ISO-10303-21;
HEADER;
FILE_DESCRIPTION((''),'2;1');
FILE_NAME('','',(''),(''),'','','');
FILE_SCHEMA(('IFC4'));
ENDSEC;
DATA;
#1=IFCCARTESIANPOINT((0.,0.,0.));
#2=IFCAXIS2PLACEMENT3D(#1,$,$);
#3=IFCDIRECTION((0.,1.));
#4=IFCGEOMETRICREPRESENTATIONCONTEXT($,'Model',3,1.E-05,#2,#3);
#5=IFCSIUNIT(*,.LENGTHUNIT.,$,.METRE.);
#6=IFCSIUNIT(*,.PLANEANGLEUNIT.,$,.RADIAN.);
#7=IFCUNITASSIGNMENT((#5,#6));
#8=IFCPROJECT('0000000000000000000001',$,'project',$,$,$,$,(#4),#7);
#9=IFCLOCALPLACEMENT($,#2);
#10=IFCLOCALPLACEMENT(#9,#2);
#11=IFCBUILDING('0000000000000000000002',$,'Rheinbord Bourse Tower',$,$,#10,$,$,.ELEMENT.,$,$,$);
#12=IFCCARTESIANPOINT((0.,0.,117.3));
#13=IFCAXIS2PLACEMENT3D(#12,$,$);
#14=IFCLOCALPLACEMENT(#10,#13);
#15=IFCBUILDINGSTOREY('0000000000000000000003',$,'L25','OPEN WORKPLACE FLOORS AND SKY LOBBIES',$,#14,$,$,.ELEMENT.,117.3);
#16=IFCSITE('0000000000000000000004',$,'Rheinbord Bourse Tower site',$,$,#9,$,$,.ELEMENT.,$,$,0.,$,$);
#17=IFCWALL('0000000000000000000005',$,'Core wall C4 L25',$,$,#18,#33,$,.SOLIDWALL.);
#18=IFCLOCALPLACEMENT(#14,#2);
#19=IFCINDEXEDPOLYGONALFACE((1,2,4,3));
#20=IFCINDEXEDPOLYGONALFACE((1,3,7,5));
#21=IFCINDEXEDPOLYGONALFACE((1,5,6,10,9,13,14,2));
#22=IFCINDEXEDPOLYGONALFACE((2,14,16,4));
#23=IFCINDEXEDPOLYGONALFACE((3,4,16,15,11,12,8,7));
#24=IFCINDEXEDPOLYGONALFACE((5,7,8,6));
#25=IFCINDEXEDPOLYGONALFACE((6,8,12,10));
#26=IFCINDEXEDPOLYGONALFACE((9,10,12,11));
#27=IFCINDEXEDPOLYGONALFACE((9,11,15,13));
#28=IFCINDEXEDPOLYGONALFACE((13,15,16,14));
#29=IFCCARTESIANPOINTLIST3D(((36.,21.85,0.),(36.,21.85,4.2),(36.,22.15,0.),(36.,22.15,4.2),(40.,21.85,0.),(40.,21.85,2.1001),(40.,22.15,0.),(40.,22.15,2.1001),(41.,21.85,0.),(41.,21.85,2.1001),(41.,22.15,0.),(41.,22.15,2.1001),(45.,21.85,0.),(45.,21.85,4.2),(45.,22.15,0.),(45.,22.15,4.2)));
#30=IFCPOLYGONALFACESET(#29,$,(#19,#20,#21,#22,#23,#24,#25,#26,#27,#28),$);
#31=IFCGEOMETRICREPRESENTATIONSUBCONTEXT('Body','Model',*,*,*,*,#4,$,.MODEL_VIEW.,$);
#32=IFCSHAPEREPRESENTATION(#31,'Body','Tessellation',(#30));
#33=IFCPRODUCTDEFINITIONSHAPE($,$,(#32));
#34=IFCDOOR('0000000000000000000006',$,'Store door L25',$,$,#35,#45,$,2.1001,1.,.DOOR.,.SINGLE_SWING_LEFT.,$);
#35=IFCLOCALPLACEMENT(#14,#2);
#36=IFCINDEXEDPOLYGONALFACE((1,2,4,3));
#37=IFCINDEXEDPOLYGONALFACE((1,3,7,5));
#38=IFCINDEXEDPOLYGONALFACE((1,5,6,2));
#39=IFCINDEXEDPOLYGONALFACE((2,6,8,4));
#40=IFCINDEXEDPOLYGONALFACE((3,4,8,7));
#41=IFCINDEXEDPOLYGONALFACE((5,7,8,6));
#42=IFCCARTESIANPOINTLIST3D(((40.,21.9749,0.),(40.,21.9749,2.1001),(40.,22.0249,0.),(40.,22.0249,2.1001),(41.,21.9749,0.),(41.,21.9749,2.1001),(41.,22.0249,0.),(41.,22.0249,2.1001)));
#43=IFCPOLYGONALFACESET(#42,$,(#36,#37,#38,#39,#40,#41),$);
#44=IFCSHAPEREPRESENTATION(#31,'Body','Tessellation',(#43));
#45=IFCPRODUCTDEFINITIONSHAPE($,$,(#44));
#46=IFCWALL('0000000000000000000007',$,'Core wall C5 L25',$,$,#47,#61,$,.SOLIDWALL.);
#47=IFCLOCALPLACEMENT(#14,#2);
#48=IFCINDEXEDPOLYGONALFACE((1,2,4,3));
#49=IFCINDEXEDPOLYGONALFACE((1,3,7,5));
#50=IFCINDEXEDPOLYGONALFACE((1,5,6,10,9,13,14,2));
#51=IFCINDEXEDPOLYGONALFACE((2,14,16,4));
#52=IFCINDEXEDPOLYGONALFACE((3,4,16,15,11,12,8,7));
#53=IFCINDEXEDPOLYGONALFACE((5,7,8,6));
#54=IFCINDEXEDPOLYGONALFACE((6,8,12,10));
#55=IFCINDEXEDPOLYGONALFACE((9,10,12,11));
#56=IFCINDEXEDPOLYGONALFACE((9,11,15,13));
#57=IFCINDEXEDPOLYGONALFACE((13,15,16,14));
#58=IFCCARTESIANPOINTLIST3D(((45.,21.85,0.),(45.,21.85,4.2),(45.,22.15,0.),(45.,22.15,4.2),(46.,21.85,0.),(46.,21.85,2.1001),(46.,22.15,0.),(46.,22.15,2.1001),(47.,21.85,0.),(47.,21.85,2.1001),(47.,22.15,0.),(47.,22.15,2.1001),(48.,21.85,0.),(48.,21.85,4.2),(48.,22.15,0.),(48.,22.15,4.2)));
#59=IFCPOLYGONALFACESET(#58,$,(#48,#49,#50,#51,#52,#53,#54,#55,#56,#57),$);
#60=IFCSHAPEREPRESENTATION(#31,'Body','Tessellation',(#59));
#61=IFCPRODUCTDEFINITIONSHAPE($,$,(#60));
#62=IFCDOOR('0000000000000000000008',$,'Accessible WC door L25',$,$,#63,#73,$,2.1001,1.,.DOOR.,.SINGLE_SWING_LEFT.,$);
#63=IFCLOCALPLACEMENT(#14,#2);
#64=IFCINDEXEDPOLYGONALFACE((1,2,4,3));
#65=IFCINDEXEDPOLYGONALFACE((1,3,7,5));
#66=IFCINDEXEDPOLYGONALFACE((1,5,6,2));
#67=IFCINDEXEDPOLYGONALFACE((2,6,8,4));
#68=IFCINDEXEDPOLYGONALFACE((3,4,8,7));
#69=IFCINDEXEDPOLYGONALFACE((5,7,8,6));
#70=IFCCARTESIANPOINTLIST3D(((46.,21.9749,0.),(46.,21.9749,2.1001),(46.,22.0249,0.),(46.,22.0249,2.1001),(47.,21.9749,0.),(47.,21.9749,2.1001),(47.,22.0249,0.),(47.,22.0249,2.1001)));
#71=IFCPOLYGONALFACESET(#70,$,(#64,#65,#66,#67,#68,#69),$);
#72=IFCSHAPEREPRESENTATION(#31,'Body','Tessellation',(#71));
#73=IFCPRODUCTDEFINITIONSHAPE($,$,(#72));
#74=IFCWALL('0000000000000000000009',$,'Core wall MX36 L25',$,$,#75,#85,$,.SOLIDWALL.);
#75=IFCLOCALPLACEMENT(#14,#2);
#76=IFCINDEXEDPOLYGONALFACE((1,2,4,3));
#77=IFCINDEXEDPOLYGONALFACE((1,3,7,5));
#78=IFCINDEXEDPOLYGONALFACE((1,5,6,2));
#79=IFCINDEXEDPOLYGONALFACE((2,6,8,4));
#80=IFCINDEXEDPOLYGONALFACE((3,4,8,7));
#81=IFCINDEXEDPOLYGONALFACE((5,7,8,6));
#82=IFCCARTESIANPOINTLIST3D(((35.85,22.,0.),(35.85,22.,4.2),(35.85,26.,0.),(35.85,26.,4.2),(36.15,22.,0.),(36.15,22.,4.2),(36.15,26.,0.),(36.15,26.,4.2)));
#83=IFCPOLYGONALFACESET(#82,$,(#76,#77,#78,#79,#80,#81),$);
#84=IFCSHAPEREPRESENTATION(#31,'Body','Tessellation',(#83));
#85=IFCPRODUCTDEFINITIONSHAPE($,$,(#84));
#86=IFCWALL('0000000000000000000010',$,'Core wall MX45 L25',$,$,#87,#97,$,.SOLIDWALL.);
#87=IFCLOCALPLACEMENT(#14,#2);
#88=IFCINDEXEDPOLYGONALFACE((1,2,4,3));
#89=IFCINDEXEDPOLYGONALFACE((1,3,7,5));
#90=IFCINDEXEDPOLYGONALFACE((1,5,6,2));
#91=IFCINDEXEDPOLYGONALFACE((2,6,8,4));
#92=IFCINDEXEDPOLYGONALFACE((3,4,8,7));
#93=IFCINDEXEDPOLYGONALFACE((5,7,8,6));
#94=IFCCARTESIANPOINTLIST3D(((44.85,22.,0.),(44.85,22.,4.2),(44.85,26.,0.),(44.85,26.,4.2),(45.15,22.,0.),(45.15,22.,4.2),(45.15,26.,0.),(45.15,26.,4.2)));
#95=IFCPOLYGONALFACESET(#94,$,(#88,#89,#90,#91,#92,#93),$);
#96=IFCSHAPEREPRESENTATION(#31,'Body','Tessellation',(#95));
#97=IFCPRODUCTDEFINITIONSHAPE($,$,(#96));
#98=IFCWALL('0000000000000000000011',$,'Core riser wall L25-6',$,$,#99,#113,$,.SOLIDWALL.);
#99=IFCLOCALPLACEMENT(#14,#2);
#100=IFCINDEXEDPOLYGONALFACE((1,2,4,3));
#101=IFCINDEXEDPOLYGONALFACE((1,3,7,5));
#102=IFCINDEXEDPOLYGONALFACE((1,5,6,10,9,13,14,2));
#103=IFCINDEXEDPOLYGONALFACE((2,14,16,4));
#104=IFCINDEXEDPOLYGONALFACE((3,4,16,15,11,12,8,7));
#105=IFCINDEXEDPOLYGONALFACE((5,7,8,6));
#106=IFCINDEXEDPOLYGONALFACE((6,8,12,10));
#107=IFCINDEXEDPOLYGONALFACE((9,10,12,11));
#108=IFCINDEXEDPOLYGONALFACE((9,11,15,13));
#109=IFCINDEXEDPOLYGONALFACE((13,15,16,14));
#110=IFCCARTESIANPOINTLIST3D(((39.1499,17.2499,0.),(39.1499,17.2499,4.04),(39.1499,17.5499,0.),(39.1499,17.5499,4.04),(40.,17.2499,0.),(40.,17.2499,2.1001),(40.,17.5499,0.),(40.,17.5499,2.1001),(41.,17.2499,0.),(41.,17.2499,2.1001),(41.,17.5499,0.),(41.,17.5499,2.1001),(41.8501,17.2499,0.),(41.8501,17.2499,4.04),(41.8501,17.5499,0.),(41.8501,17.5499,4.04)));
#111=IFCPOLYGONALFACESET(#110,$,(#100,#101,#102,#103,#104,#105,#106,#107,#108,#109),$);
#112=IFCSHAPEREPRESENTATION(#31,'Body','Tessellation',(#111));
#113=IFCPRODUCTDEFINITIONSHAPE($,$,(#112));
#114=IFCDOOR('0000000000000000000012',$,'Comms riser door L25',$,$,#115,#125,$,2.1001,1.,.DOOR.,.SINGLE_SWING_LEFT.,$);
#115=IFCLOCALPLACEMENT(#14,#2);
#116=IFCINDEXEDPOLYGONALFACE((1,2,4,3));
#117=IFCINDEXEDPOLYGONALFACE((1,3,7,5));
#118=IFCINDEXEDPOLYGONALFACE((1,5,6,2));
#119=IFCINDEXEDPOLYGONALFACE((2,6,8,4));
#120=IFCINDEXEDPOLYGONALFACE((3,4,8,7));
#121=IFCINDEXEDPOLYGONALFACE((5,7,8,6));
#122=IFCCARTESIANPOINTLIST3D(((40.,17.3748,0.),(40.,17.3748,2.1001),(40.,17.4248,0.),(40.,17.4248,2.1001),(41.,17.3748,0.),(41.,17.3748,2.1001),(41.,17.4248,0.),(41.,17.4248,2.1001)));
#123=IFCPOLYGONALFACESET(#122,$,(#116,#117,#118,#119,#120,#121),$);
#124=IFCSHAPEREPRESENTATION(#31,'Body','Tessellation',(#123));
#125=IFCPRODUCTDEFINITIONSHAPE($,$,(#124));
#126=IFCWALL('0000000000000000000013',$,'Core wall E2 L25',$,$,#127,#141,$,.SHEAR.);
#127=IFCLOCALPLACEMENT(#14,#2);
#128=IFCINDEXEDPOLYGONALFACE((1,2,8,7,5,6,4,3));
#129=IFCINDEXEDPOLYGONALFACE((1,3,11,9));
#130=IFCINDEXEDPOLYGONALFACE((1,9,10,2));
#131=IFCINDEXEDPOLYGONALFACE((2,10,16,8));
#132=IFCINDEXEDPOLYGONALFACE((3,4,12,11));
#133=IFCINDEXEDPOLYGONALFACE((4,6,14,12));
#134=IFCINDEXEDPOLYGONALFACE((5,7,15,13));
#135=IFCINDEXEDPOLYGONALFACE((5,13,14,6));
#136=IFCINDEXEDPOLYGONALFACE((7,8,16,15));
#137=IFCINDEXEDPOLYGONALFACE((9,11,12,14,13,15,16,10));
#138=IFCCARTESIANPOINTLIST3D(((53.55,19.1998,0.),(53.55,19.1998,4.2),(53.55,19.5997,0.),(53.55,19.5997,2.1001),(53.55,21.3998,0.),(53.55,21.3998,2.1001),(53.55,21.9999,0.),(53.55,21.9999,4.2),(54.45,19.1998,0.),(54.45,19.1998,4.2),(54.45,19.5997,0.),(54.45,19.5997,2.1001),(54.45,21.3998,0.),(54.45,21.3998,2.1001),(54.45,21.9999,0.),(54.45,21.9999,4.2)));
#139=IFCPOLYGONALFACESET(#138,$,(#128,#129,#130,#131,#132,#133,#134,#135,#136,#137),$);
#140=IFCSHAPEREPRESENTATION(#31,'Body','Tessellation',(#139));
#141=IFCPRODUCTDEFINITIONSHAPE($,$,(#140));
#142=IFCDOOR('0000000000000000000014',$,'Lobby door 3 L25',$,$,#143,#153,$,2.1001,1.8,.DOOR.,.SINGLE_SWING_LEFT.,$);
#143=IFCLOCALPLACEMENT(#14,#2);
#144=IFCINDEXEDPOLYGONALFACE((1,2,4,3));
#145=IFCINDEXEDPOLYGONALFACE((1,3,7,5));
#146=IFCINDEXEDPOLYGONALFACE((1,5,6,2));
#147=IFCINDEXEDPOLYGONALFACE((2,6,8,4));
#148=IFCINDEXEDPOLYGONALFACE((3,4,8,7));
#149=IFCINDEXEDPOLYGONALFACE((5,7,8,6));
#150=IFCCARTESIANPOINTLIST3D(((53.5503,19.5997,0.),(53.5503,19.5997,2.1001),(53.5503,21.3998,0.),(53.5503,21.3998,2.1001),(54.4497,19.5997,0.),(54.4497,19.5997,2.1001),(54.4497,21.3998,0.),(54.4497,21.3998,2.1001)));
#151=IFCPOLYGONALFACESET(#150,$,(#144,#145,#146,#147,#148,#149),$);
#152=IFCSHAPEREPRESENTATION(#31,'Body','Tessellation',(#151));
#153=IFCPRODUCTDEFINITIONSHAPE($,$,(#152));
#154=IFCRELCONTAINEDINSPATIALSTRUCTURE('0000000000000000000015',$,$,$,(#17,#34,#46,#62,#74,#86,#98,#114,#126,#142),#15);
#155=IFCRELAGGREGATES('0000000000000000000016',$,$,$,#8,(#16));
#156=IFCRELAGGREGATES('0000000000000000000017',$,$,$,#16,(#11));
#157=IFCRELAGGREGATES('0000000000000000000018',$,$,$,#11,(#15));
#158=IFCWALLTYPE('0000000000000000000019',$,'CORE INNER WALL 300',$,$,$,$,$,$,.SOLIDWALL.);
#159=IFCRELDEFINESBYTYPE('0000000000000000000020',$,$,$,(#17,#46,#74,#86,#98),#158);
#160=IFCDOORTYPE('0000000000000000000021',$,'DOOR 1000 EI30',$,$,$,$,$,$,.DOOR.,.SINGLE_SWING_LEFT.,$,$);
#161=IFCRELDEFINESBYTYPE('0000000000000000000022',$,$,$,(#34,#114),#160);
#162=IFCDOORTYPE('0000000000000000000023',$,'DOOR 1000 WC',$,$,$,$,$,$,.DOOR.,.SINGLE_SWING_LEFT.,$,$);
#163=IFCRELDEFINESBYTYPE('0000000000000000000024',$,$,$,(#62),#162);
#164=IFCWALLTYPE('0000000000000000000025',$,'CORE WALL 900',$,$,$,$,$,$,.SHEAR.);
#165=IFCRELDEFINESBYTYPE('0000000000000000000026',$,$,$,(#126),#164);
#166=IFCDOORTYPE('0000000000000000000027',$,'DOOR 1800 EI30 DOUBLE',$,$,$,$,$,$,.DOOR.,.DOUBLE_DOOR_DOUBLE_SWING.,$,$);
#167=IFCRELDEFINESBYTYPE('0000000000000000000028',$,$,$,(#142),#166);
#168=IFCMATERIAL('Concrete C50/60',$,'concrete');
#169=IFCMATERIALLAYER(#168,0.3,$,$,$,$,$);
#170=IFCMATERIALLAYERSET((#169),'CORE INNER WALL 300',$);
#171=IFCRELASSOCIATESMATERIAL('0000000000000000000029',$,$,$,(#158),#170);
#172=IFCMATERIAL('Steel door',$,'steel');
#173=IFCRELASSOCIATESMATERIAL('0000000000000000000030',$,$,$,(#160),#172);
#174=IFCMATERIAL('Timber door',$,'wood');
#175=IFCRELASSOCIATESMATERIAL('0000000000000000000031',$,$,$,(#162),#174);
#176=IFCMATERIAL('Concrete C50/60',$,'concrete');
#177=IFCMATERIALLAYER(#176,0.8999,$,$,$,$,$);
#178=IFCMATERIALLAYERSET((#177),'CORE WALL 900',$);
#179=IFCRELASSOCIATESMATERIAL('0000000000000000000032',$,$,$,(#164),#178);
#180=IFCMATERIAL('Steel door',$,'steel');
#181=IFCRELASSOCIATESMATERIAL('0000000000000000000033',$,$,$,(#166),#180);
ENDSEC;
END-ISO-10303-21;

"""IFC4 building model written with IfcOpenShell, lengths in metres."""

from ifc_helpers import new_model, si_unit, direction, frame, frame_2d, origin, place, context, subcontext, project, spatial, rectangle, extrude, material, layer, layer_set, type_object, element, fill, save


model = new_model("IFC4")

# Units and contexts
model_context = context("Model", 3, precision=1e-05, world=origin(), true_north=direction((0.0, 1.0)))
body_context = subcontext(model_context, "Body", "Model", "MODEL_VIEW")
ifc_project = project(units=[si_unit("LENGTHUNIT", "METRE"), si_unit("PLANEANGLEUNIT", "RADIAN")], contexts=[model_context])

# Site, building, storey
site_placement = place(None, origin())
site = spatial("IfcSite", under=ifc_project, at=site_placement, Name="Rheinbord Bourse Tower site", CompositionType="ELEMENT", RefElevation=0.0)
building_placement = place(site_placement, origin())
building = spatial("IfcBuilding", under=site, at=building_placement, Name="Rheinbord Bourse Tower", CompositionType="ELEMENT")
storey_placement = place(building_placement, frame((0.0, 0.0, 117.3)))
storey = spatial("IfcBuildingStorey", under=building, at=storey_placement, Name="L25", Description="OPEN WORKPLACE FLOORS AND SKY LOBBIES", CompositionType="ELEMENT", Elevation=117.3)

# Shared definitions
ifc_material_1 = material(Name="Concrete C50/60", Category="concrete")
ifc_layer_1 = layer(ifc_material_1, 0.3)
ifc_layer_set_1 = layer_set([ifc_layer_1], Name="CORE INNER WALL 300")
wall_type_1 = type_object("IfcWallType", Name="CORE INNER WALL 300", PredefinedType="SOLIDWALL", material=ifc_layer_set_1)
ifc_material_2 = material(Name="Steel door", Category="steel")
door_type_1 = type_object("IfcDoorType", Name="DOOR 1000 EI30", OperationType="SINGLE_SWING_LEFT", PredefinedType="DOOR", material=ifc_material_2)

# Walls, openings, doors
wall_1_placement = place(storey_placement, frame((36.0, 22.0, 0.0), z_axis=(0.0, 0.0, 1.0), x_axis=(1.0, 0.0, 0.0)))
wall_1 = element("IfcWall", 1, at=wall_1_placement, inside=storey, type_object=wall_type_1, Name="Core wall C4 L25", PredefinedType="SOLIDWALL", context=body_context, shape_type="SweptSolid", body=[
    extrude(rectangle(XDim=9.0, YDim=0.3, at=frame_2d((4.5, 0.0))), origin(), (0.0, 0.0, 1.0), 4.2),
])
opening_1_placement = place(wall_1_placement, frame((4.0, 0.0, 0.0)))
opening_1 = element("IfcOpeningElement", 2, at=opening_1_placement, cuts=wall_1, PredefinedType="OPENING", context=body_context, shape_type="SweptSolid", body=[
    extrude(rectangle(XDim=1.0, YDim=2.1001, at=frame_2d((0.5, 1.05))), frame((0.0, 0.1599, 0.0), z_axis=(0.0, -1.0, 0.0), x_axis=(1.0, 0.0, 0.0)), (0.0, 0.0, 1.0), 0.3201),
])
door_1_placement = place(opening_1_placement, origin())
door_1 = element("IfcDoor", 3, at=door_1_placement, inside=storey, type_object=door_type_1, Name="Store door L25", OperationType="SINGLE_SWING_LEFT", OverallHeight=2.1001, OverallWidth=1.0, PredefinedType="DOOR", context=body_context, shape_type="SweptSolid", body=[
    extrude(rectangle(XDim=1.0, YDim=2.1001, at=frame_2d((0.5, 1.05))), frame((0.0, 0.0249, 0.0), z_axis=(0.0, -1.0, 0.0), x_axis=(1.0, 0.0, 0.0)), (0.0, 0.0, 1.0), 0.05),
])
fill(opening_1, door_1)
wall_2_placement = place(storey_placement, frame((45.0, 22.0, 0.0), z_axis=(0.0, 0.0, 1.0), x_axis=(1.0, 0.0, 0.0)))
wall_2 = element("IfcWall", 4, at=wall_2_placement, inside=storey, type_object=wall_type_1, Name="Core wall C5 L25", PredefinedType="SOLIDWALL", context=body_context, shape_type="SweptSolid", body=[
    extrude(rectangle(XDim=3.0, YDim=0.3, at=frame_2d((1.5, 0.0))), origin(), (0.0, 0.0, 1.0), 4.2),
])
opening_2_placement = place(wall_2_placement, frame((1.0, 0.0, 0.0)))
opening_2 = element("IfcOpeningElement", 5, at=opening_2_placement, cuts=wall_2, PredefinedType="OPENING", context=body_context, shape_type="SweptSolid", body=[
    extrude(rectangle(XDim=1.0, YDim=2.1001, at=frame_2d((0.5, 1.05))), frame((0.0, 0.1599, 0.0), z_axis=(0.0, -1.0, 0.0), x_axis=(1.0, 0.0, 0.0)), (0.0, 0.0, 1.0), 0.3201),
])
ifc_material_3 = material(Name="Timber door", Category="wood")
door_type_2 = type_object("IfcDoorType", Name="DOOR 1000 WC", OperationType="SINGLE_SWING_LEFT", PredefinedType="DOOR", material=ifc_material_3)
door_2_placement = place(opening_2_placement, origin())
door_2 = element("IfcDoor", 6, at=door_2_placement, inside=storey, type_object=door_type_2, Name="Accessible WC door L25", OperationType="SINGLE_SWING_LEFT", OverallHeight=2.1001, OverallWidth=1.0, PredefinedType="DOOR", context=body_context, shape_type="SweptSolid", body=[
    extrude(rectangle(XDim=1.0, YDim=2.1001, at=frame_2d((0.5, 1.05))), frame((0.0, 0.0249, 0.0), z_axis=(0.0, -1.0, 0.0), x_axis=(1.0, 0.0, 0.0)), (0.0, 0.0, 1.0), 0.05),
])
fill(opening_2, door_2)

# Walls
for number, where, z_axis, x_axis, name in (
    (7, (36.0, 22.0, 0.0), (0.0, 0.0, 1.0), (0.0, 1.0, 0.0), "Core wall MX36 L25"),
    (8, (45.0, 22.0, 0.0), (0.0, 0.0, 1.0), (0.0, 1.0, 0.0), "Core wall MX45 L25"),
):
    element("IfcWall", number, at=place(storey_placement, frame(where, z_axis=z_axis, x_axis=x_axis)), inside=storey, type_object=wall_type_1, Name=name, PredefinedType="SOLIDWALL", context=body_context, shape_type="SweptSolid", body=[
        extrude(rectangle(XDim=4.0, YDim=0.3, at=frame_2d((2.0, 0.0))), origin(), (0.0, 0.0, 1.0), 4.2),
    ])

# Walls, openings, doors
wall_3_placement = place(storey_placement, frame((39.1499, 17.3999, 0.0), z_axis=(0.0, 0.0, 1.0), x_axis=(1.0, 0.0, 0.0)))
wall_3 = element("IfcWall", 9, at=wall_3_placement, inside=storey, type_object=wall_type_1, Name="Core riser wall L25-6", PredefinedType="SOLIDWALL", context=body_context, shape_type="SweptSolid", body=[
    extrude(rectangle(XDim=2.7002, YDim=0.3, at=frame_2d((1.3501, 0.0))), origin(), (0.0, 0.0, 1.0), 4.04),
])
opening_3_placement = place(wall_3_placement, frame((0.8501, 0.0, 0.0)))
opening_3 = element("IfcOpeningElement", 10, at=opening_3_placement, cuts=wall_3, PredefinedType="OPENING", context=body_context, shape_type="SweptSolid", body=[
    extrude(rectangle(XDim=1.0, YDim=2.1001, at=frame_2d((0.5, 1.05))), frame((0.0, 0.1599, 0.0), z_axis=(0.0, -1.0, 0.0), x_axis=(1.0, 0.0, 0.0)), (0.0, 0.0, 1.0), 0.3201),
])
door_3_placement = place(opening_3_placement, origin())
door_3 = element("IfcDoor", 11, at=door_3_placement, inside=storey, type_object=door_type_1, Name="Comms riser door L25", OperationType="SINGLE_SWING_LEFT", OverallHeight=2.1001, OverallWidth=1.0, PredefinedType="DOOR", context=body_context, shape_type="SweptSolid", body=[
    extrude(rectangle(XDim=1.0, YDim=2.1001, at=frame_2d((0.5, 1.05))), frame((0.0, 0.0249, 0.0), z_axis=(0.0, -1.0, 0.0), x_axis=(1.0, 0.0, 0.0)), (0.0, 0.0, 1.0), 0.05),
])
fill(opening_3, door_3)
ifc_material_4 = material(Name="Concrete C50/60", Category="concrete")
ifc_layer_2 = layer(ifc_material_4, 0.8999)
ifc_layer_set_2 = layer_set([ifc_layer_2], Name="CORE WALL 900")
wall_type_2 = type_object("IfcWallType", Name="CORE WALL 900", PredefinedType="SHEAR", material=ifc_layer_set_2)
wall_4_placement = place(storey_placement, frame((54.0, 19.2, 0.0), z_axis=(0.0, 0.0, 1.0), x_axis=(0.0, 1.0, 0.0)))
wall_4 = element("IfcWall", 12, at=wall_4_placement, inside=storey, type_object=wall_type_2, Name="Core wall E2 L25", PredefinedType="SHEAR", context=body_context, shape_type="SweptSolid", body=[
    extrude(rectangle(XDim=2.8, YDim=0.8999, at=frame_2d((1.3999, 0.0))), origin(), (0.0, 0.0, 1.0), 4.2),
])
opening_4_placement = place(wall_4_placement, frame((0.3999, 0.0, 0.0)))
opening_4 = element("IfcOpeningElement", 13, at=opening_4_placement, cuts=wall_4, PredefinedType="OPENING", context=body_context, shape_type="SweptSolid", body=[
    extrude(rectangle(XDim=1.8, YDim=2.1001, at=frame_2d((0.8999, 1.05))), frame((0.0, 0.46, 0.0), z_axis=(0.0, -1.0, 0.0), x_axis=(1.0, 0.0, 0.0)), (0.0, 0.0, 1.0), 0.9199),
])
ifc_material_5 = material(Name="Steel door", Category="steel")
door_type_3 = type_object("IfcDoorType", Name="DOOR 1800 EI30 DOUBLE", OperationType="DOUBLE_DOOR_DOUBLE_SWING", PredefinedType="DOOR", material=ifc_material_5)
door_4_placement = place(opening_4_placement, origin())
door_4 = element("IfcDoor", 14, at=door_4_placement, inside=storey, type_object=door_type_3, Name="Lobby door 3 L25", OperationType="SINGLE_SWING_LEFT", OverallHeight=2.1001, OverallWidth=1.8, PredefinedType="DOOR", context=body_context, shape_type="SweptSolid", body=[
    extrude(rectangle(XDim=1.8, YDim=2.1001, at=frame_2d((0.8999, 1.05))), frame((0.0, 0.4497, 0.0), z_axis=(0.0, -1.0, 0.0), x_axis=(1.0, 0.0, 0.0)), (0.0, 0.0, 1.0), 0.8994),
])
fill(opening_4, door_4)

save(model, "model.ifc")
